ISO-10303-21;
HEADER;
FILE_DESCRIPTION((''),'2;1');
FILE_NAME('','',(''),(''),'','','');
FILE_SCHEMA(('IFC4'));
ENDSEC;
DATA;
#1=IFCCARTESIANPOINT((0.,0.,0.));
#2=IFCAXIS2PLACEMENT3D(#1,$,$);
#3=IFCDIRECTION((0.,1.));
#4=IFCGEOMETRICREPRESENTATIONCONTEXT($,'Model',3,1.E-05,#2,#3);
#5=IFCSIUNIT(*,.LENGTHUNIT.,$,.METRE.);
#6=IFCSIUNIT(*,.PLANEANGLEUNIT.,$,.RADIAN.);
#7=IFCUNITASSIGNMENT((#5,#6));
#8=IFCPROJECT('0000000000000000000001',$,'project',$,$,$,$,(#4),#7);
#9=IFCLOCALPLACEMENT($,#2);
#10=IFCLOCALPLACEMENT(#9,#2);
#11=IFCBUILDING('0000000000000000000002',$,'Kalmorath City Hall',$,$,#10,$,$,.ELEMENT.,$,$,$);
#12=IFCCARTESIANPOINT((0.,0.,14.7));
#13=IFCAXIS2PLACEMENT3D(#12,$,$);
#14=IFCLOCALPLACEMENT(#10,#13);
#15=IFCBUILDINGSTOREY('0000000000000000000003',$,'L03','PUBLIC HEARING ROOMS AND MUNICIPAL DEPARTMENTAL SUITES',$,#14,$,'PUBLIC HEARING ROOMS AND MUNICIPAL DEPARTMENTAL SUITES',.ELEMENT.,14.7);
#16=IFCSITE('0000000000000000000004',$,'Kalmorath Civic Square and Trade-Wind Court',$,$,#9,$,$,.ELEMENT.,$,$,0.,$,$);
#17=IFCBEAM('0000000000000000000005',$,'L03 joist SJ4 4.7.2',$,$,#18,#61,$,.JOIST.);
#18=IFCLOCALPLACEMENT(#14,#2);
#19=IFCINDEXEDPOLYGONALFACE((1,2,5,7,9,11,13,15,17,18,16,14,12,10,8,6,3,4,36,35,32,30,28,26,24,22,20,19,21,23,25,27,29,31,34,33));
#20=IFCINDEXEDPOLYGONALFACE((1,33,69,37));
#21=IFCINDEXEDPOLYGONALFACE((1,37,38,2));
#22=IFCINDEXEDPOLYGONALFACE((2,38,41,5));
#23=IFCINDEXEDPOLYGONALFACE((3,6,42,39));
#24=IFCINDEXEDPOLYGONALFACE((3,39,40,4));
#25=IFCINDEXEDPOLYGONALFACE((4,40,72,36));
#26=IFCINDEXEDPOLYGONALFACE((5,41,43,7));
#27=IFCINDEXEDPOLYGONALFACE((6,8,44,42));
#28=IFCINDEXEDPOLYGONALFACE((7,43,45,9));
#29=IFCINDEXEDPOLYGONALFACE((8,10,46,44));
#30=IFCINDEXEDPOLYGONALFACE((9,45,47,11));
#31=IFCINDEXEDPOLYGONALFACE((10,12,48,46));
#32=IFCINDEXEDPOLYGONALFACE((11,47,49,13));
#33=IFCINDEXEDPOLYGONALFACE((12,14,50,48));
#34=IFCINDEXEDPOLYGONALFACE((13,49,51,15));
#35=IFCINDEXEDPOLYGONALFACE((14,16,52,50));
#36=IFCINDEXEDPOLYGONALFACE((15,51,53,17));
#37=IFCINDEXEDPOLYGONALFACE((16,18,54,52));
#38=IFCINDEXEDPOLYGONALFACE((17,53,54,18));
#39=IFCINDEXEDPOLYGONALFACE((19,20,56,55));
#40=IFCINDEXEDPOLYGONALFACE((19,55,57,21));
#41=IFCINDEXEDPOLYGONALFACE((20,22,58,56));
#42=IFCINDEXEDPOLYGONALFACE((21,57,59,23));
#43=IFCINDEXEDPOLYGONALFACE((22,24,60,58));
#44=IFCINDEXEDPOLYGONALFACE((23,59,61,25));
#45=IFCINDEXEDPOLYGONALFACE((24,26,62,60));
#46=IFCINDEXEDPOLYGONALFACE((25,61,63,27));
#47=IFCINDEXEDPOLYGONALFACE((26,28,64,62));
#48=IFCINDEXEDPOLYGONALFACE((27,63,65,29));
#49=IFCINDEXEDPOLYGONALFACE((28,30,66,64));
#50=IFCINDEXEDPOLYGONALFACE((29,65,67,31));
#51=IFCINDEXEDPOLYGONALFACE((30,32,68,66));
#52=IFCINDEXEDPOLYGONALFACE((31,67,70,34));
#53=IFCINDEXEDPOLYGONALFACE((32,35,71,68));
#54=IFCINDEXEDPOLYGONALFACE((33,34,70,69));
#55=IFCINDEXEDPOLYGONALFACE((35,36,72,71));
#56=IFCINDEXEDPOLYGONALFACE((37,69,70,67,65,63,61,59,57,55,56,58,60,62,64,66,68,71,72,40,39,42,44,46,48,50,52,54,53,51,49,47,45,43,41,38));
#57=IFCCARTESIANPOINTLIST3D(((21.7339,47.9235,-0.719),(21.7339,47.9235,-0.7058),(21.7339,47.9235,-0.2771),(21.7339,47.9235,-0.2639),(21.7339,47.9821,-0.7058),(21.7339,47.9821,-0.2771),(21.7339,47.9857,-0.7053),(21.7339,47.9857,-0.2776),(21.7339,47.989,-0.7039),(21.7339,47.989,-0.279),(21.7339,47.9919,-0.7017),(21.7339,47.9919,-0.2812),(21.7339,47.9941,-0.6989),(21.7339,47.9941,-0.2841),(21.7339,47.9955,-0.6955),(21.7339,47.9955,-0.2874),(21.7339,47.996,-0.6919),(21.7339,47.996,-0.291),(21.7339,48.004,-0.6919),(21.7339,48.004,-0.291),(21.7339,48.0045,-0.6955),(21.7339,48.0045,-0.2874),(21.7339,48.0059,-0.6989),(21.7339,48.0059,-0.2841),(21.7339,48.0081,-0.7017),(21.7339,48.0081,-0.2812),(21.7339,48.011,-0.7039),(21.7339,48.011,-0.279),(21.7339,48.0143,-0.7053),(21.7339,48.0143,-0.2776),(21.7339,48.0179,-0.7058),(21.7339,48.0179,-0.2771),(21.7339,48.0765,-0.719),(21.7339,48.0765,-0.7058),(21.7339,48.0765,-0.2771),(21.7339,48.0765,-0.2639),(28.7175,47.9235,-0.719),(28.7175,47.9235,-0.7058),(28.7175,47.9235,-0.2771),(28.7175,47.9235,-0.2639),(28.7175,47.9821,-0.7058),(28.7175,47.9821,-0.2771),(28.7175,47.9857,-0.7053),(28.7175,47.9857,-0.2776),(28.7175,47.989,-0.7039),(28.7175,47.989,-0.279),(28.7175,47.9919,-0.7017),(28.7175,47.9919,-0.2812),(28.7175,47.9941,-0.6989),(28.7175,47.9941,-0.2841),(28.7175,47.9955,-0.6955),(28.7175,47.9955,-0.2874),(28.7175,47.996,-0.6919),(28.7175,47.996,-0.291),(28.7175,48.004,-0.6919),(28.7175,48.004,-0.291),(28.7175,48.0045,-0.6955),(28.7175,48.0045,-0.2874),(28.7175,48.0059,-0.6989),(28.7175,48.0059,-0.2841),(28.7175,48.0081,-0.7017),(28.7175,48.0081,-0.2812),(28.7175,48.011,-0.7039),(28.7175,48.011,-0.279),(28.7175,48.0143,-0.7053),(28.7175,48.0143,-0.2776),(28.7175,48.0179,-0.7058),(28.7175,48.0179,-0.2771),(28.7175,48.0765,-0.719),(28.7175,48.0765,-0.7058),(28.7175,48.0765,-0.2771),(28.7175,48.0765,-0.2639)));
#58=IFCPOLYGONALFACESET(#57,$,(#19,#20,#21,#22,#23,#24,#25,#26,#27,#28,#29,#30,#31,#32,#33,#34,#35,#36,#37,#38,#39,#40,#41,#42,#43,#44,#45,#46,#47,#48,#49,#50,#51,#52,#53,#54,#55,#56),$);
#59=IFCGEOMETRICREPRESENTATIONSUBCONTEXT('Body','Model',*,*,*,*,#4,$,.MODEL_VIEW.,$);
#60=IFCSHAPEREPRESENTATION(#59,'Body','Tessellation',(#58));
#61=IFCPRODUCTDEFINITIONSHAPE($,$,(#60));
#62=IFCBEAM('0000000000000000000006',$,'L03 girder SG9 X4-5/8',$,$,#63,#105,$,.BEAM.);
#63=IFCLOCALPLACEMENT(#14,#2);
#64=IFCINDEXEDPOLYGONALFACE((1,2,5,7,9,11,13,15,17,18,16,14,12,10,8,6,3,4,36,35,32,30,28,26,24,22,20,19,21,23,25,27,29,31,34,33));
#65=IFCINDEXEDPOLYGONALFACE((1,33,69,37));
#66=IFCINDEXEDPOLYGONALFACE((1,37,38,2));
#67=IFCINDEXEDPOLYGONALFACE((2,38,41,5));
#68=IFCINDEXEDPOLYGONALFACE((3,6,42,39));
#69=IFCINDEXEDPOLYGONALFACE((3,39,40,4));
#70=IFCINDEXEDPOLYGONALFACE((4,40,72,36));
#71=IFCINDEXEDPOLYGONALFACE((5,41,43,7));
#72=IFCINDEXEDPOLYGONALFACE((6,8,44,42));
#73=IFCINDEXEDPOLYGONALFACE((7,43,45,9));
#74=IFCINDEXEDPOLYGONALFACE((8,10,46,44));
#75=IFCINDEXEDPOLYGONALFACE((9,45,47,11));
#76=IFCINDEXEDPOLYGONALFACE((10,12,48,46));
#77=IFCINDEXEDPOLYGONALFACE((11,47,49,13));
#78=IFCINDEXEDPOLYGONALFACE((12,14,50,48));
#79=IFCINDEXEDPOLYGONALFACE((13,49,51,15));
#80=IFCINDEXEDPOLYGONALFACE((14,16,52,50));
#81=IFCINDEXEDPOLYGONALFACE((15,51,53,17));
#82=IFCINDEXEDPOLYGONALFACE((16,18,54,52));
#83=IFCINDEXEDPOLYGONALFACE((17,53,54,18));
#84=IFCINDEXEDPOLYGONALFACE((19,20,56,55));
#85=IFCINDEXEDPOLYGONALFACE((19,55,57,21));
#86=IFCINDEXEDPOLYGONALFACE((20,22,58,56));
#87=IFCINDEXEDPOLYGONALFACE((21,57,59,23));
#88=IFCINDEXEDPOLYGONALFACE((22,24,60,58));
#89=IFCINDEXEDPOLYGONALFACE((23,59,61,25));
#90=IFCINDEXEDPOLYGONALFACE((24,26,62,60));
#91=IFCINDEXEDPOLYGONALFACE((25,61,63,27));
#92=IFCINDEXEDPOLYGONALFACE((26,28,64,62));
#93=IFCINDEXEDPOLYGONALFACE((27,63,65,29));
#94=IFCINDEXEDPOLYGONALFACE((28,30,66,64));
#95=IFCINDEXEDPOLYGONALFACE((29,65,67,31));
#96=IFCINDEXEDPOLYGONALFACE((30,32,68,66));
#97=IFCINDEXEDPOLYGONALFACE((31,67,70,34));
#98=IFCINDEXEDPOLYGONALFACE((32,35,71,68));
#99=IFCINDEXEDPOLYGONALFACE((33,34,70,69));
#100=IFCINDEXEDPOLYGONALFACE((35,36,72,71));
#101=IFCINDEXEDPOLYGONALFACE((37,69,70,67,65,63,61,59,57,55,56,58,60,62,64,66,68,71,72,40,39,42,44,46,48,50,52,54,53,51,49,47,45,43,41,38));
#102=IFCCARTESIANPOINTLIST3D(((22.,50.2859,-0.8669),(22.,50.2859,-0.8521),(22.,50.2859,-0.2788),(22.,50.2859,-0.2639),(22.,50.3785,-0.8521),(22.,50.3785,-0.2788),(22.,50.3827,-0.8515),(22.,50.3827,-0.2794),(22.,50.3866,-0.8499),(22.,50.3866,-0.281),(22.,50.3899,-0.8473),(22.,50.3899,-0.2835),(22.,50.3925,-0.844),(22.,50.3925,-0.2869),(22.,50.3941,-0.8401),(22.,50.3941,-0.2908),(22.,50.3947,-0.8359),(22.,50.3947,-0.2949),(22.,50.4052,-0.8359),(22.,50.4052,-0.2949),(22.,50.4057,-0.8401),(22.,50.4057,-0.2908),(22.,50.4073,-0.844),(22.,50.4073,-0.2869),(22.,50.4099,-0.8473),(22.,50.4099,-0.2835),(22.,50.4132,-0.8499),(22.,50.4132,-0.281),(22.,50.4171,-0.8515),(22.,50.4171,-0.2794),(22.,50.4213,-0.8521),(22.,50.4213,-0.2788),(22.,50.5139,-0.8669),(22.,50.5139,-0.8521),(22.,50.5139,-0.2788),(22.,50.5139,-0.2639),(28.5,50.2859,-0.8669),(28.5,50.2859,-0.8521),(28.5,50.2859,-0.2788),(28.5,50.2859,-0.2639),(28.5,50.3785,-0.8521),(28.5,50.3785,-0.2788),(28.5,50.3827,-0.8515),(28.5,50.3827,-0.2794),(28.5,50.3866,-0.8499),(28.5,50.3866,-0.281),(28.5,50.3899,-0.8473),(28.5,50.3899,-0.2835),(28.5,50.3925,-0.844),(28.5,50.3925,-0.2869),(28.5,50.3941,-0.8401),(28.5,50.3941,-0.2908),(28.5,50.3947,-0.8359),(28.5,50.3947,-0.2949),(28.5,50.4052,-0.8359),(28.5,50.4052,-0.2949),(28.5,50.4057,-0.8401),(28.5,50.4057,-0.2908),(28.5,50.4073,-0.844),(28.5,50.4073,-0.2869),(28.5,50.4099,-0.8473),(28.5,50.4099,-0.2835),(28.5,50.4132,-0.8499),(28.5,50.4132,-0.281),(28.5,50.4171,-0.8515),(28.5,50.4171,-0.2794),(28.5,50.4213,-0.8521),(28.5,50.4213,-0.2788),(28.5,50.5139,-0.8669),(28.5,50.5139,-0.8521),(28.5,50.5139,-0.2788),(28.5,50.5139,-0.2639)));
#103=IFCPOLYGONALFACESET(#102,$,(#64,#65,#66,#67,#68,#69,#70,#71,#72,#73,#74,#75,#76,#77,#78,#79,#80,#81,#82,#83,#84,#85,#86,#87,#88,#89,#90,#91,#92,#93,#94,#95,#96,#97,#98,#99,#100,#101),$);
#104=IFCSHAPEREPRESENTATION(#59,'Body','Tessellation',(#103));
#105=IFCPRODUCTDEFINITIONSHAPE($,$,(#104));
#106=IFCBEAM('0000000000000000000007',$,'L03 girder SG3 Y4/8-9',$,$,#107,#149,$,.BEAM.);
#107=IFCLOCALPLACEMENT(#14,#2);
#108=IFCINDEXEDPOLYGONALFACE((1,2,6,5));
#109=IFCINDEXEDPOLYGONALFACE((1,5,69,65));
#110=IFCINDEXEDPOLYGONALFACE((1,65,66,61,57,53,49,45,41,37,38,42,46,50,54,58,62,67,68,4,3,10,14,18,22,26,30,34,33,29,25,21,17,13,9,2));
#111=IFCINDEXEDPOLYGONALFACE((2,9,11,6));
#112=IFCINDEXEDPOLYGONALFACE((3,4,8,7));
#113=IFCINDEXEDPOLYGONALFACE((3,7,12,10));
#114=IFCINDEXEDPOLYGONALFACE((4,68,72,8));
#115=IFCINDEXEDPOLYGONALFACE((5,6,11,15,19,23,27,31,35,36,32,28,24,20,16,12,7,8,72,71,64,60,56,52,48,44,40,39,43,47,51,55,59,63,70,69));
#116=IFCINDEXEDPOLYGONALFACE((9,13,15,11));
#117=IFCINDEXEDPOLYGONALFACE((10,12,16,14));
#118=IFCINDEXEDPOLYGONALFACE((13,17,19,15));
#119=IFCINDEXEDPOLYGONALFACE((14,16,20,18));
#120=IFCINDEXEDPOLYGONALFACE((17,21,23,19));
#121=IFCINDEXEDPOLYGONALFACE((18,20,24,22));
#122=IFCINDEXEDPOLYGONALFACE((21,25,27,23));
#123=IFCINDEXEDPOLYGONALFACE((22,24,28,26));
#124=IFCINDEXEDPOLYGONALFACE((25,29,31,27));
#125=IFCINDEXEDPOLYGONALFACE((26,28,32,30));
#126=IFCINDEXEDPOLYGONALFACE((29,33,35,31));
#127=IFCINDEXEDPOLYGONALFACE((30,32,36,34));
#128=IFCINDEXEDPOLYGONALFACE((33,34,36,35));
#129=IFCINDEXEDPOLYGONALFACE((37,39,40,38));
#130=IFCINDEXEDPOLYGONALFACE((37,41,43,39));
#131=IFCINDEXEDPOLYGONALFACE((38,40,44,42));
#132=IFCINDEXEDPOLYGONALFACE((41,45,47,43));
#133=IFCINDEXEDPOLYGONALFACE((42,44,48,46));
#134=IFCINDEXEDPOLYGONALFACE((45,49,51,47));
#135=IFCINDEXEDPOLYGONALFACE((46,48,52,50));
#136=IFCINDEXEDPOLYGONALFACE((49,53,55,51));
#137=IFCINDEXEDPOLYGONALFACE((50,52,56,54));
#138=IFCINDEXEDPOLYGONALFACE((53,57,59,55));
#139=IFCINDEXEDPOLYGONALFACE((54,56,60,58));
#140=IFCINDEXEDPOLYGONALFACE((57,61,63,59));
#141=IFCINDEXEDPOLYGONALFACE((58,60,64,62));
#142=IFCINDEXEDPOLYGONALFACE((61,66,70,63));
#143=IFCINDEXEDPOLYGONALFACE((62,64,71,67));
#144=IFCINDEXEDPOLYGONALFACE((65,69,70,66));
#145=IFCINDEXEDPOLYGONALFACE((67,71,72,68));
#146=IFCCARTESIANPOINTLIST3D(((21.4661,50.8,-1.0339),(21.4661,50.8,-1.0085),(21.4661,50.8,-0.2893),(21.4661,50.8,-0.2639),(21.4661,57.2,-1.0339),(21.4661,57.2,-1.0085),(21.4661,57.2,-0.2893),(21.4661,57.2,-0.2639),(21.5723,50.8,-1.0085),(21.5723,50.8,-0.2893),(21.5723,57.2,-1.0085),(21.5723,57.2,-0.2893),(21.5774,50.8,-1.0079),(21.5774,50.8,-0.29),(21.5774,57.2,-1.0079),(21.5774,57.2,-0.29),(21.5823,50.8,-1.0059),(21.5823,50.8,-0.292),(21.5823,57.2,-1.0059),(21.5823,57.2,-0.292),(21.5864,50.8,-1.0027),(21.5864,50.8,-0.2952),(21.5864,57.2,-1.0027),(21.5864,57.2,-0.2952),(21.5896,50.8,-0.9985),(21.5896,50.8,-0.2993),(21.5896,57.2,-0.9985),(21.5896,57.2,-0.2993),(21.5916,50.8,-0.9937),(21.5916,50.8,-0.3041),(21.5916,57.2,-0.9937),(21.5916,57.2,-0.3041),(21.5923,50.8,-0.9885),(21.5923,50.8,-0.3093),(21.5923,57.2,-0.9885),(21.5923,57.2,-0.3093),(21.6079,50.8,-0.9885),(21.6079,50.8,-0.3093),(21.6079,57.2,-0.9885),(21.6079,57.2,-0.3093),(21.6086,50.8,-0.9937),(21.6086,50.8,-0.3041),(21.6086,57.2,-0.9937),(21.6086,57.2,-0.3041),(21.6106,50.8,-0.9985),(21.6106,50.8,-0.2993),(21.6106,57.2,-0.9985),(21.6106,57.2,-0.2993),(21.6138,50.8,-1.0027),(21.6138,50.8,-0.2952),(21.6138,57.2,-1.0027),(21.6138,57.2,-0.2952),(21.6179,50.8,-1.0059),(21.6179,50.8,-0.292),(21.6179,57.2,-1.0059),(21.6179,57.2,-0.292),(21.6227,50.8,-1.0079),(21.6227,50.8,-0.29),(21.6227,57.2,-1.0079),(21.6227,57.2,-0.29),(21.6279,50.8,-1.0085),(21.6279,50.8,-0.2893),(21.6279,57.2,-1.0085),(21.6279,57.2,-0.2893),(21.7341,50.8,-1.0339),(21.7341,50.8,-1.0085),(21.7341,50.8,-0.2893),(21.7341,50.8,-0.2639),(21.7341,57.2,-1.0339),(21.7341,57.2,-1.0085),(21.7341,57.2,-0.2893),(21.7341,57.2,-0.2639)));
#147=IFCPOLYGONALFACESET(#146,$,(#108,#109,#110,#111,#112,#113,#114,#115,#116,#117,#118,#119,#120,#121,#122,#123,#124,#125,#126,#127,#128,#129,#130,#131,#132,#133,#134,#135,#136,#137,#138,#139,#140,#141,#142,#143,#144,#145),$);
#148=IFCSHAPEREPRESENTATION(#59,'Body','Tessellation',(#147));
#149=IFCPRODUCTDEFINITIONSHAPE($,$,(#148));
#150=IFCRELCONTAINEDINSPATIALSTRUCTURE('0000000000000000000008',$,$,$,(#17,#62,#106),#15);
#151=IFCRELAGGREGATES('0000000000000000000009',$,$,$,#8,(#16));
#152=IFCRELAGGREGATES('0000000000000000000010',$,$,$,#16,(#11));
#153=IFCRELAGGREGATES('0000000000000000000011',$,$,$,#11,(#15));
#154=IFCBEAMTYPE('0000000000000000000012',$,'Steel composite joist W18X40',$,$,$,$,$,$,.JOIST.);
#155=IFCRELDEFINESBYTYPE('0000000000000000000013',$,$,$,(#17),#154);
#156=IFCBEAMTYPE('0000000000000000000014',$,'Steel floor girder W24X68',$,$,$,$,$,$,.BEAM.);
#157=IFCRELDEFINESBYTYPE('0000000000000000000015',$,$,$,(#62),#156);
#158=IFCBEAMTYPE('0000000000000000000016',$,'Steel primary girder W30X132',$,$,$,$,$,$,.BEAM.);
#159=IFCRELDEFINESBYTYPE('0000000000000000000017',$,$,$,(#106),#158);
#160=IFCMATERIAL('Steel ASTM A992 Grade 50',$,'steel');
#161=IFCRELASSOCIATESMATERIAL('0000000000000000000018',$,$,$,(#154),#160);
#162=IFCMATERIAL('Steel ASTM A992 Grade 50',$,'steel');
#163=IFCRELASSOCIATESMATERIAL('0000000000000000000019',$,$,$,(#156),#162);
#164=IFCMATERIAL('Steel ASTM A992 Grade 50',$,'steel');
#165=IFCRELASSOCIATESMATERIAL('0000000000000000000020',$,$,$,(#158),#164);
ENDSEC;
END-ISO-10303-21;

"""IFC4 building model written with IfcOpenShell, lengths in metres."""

from ifc_helpers import new_model, si_unit, direction, frame, origin, origin_2d, place, context, subcontext, project, spatial, i_section, extrude, material, material_profile, profile_set, type_object, element, save


model = new_model("IFC4")

# Units and contexts
model_context = context("Model", 3, precision=1e-05, world=origin(), true_north=direction((0.0, 1.0)))
body_context = subcontext(model_context, "Body", "Model", "MODEL_VIEW")
ifc_project = project(units=[si_unit("LENGTHUNIT", "METRE"), si_unit("PLANEANGLEUNIT", "RADIAN")], contexts=[model_context])

# Site, building, storey
site_placement = place(None, origin())
site = spatial("IfcSite", under=ifc_project, at=site_placement, Name="Kalmorath Civic Square and Trade-Wind Court", CompositionType="ELEMENT", RefElevation=0.0)
building_placement = place(site_placement, origin())
building = spatial("IfcBuilding", under=site, at=building_placement, Name="Kalmorath City Hall", CompositionType="ELEMENT")
storey_placement = place(building_placement, frame((0.0, 0.0, 14.7)))
storey = spatial("IfcBuildingStorey", under=building, at=storey_placement, Name="L03", Description="PUBLIC HEARING ROOMS AND MUNICIPAL DEPARTMENTAL SUITES", LongName="PUBLIC HEARING ROOMS AND MUNICIPAL DEPARTMENTAL SUITES", CompositionType="ELEMENT", Elevation=14.7)

# Beams
ifc_material_1 = material(Name="Steel ASTM A992 Grade 50", Category="steel")
ifc_material_profile_1 = material_profile(ifc_material_1, i_section(OverallWidth=0.1531, OverallDepth=0.4551, WebThickness=0.0081, FlangeThickness=0.0132, FilletRadius=0.0139, at=origin_2d()), Name="W18X40")
ifc_profile_set_1 = profile_set([ifc_material_profile_1], Name="Steel ASTM A992 Grade 50")
beam_type_1 = type_object("IfcBeamType", Name="Steel composite joist W18X40", PredefinedType="JOIST", material=ifc_profile_set_1)
beam_1_placement = place(storey_placement, frame((21.7339, 48.0, -0.4915), z_axis=(1.0, 0.0, 0.0), x_axis=(0.0, 1.0, 0.0)))
element("IfcBeam", 1, at=beam_1_placement, inside=storey, type_object=beam_type_1, Name="L03 joist SJ4 4.7.2", PredefinedType="JOIST", context=body_context, shape_type="SweptSolid", body=[
    extrude(i_section(OverallWidth=0.1531, OverallDepth=0.4551, WebThickness=0.0081, FlangeThickness=0.0132, FilletRadius=0.0139, at=origin_2d()), origin(), (0.0, 0.0, 1.0), 6.9836),
])
ifc_material_2 = material(Name="Steel ASTM A992 Grade 50", Category="steel")
ifc_material_profile_2 = material_profile(ifc_material_2, i_section(OverallWidth=0.228, OverallDepth=0.603, WebThickness=0.0105, FlangeThickness=0.0149, FilletRadius=0.0161, at=origin_2d()), Name="W24X68")
ifc_profile_set_2 = profile_set([ifc_material_profile_2], Name="Steel ASTM A992 Grade 50")
beam_type_2 = type_object("IfcBeamType", Name="Steel floor girder W24X68", PredefinedType="BEAM", material=ifc_profile_set_2)
beam_2_placement = place(storey_placement, frame((22.0, 50.3999, -0.5654), z_axis=(1.0, 0.0, 0.0), x_axis=(0.0, 1.0, 0.0)))
element("IfcBeam", 2, at=beam_2_placement, inside=storey, type_object=beam_type_2, Name="L03 girder SG9 X4-5/8", PredefinedType="BEAM", context=body_context, shape_type="SweptSolid", body=[
    extrude(i_section(OverallWidth=0.228, OverallDepth=0.603, WebThickness=0.0105, FlangeThickness=0.0149, FilletRadius=0.0161, at=origin_2d()), origin(), (0.0, 0.0, 1.0), 6.5),
])
ifc_material_3 = material(Name="Steel ASTM A992 Grade 50", Category="steel")
ifc_material_profile_3 = material_profile(ifc_material_3, i_section(OverallWidth=0.2681, OverallDepth=0.77, WebThickness=0.0156, FlangeThickness=0.0254, FilletRadius=0.02, at=origin_2d()), Name="W30X132")
ifc_profile_set_3 = profile_set([ifc_material_profile_3], Name="Steel ASTM A992 Grade 50")
beam_type_3 = type_object("IfcBeamType", Name="Steel primary girder W30X132", PredefinedType="BEAM", material=ifc_profile_set_3)
beam_3_placement = place(storey_placement, frame((21.6001, 50.8, -0.6489), z_axis=(0.0, 1.0, 0.0), x_axis=(-1.0, 0.0, 0.0)))
element("IfcBeam", 3, at=beam_3_placement, inside=storey, type_object=beam_type_3, Name="L03 girder SG3 Y4/8-9", PredefinedType="BEAM", context=body_context, shape_type="SweptSolid", body=[
    extrude(i_section(OverallWidth=0.2681, OverallDepth=0.77, WebThickness=0.0156, FlangeThickness=0.0254, FilletRadius=0.02, at=origin_2d()), origin(), (0.0, 0.0, 1.0), 6.3999),
])

save(model, "model.ifc")
